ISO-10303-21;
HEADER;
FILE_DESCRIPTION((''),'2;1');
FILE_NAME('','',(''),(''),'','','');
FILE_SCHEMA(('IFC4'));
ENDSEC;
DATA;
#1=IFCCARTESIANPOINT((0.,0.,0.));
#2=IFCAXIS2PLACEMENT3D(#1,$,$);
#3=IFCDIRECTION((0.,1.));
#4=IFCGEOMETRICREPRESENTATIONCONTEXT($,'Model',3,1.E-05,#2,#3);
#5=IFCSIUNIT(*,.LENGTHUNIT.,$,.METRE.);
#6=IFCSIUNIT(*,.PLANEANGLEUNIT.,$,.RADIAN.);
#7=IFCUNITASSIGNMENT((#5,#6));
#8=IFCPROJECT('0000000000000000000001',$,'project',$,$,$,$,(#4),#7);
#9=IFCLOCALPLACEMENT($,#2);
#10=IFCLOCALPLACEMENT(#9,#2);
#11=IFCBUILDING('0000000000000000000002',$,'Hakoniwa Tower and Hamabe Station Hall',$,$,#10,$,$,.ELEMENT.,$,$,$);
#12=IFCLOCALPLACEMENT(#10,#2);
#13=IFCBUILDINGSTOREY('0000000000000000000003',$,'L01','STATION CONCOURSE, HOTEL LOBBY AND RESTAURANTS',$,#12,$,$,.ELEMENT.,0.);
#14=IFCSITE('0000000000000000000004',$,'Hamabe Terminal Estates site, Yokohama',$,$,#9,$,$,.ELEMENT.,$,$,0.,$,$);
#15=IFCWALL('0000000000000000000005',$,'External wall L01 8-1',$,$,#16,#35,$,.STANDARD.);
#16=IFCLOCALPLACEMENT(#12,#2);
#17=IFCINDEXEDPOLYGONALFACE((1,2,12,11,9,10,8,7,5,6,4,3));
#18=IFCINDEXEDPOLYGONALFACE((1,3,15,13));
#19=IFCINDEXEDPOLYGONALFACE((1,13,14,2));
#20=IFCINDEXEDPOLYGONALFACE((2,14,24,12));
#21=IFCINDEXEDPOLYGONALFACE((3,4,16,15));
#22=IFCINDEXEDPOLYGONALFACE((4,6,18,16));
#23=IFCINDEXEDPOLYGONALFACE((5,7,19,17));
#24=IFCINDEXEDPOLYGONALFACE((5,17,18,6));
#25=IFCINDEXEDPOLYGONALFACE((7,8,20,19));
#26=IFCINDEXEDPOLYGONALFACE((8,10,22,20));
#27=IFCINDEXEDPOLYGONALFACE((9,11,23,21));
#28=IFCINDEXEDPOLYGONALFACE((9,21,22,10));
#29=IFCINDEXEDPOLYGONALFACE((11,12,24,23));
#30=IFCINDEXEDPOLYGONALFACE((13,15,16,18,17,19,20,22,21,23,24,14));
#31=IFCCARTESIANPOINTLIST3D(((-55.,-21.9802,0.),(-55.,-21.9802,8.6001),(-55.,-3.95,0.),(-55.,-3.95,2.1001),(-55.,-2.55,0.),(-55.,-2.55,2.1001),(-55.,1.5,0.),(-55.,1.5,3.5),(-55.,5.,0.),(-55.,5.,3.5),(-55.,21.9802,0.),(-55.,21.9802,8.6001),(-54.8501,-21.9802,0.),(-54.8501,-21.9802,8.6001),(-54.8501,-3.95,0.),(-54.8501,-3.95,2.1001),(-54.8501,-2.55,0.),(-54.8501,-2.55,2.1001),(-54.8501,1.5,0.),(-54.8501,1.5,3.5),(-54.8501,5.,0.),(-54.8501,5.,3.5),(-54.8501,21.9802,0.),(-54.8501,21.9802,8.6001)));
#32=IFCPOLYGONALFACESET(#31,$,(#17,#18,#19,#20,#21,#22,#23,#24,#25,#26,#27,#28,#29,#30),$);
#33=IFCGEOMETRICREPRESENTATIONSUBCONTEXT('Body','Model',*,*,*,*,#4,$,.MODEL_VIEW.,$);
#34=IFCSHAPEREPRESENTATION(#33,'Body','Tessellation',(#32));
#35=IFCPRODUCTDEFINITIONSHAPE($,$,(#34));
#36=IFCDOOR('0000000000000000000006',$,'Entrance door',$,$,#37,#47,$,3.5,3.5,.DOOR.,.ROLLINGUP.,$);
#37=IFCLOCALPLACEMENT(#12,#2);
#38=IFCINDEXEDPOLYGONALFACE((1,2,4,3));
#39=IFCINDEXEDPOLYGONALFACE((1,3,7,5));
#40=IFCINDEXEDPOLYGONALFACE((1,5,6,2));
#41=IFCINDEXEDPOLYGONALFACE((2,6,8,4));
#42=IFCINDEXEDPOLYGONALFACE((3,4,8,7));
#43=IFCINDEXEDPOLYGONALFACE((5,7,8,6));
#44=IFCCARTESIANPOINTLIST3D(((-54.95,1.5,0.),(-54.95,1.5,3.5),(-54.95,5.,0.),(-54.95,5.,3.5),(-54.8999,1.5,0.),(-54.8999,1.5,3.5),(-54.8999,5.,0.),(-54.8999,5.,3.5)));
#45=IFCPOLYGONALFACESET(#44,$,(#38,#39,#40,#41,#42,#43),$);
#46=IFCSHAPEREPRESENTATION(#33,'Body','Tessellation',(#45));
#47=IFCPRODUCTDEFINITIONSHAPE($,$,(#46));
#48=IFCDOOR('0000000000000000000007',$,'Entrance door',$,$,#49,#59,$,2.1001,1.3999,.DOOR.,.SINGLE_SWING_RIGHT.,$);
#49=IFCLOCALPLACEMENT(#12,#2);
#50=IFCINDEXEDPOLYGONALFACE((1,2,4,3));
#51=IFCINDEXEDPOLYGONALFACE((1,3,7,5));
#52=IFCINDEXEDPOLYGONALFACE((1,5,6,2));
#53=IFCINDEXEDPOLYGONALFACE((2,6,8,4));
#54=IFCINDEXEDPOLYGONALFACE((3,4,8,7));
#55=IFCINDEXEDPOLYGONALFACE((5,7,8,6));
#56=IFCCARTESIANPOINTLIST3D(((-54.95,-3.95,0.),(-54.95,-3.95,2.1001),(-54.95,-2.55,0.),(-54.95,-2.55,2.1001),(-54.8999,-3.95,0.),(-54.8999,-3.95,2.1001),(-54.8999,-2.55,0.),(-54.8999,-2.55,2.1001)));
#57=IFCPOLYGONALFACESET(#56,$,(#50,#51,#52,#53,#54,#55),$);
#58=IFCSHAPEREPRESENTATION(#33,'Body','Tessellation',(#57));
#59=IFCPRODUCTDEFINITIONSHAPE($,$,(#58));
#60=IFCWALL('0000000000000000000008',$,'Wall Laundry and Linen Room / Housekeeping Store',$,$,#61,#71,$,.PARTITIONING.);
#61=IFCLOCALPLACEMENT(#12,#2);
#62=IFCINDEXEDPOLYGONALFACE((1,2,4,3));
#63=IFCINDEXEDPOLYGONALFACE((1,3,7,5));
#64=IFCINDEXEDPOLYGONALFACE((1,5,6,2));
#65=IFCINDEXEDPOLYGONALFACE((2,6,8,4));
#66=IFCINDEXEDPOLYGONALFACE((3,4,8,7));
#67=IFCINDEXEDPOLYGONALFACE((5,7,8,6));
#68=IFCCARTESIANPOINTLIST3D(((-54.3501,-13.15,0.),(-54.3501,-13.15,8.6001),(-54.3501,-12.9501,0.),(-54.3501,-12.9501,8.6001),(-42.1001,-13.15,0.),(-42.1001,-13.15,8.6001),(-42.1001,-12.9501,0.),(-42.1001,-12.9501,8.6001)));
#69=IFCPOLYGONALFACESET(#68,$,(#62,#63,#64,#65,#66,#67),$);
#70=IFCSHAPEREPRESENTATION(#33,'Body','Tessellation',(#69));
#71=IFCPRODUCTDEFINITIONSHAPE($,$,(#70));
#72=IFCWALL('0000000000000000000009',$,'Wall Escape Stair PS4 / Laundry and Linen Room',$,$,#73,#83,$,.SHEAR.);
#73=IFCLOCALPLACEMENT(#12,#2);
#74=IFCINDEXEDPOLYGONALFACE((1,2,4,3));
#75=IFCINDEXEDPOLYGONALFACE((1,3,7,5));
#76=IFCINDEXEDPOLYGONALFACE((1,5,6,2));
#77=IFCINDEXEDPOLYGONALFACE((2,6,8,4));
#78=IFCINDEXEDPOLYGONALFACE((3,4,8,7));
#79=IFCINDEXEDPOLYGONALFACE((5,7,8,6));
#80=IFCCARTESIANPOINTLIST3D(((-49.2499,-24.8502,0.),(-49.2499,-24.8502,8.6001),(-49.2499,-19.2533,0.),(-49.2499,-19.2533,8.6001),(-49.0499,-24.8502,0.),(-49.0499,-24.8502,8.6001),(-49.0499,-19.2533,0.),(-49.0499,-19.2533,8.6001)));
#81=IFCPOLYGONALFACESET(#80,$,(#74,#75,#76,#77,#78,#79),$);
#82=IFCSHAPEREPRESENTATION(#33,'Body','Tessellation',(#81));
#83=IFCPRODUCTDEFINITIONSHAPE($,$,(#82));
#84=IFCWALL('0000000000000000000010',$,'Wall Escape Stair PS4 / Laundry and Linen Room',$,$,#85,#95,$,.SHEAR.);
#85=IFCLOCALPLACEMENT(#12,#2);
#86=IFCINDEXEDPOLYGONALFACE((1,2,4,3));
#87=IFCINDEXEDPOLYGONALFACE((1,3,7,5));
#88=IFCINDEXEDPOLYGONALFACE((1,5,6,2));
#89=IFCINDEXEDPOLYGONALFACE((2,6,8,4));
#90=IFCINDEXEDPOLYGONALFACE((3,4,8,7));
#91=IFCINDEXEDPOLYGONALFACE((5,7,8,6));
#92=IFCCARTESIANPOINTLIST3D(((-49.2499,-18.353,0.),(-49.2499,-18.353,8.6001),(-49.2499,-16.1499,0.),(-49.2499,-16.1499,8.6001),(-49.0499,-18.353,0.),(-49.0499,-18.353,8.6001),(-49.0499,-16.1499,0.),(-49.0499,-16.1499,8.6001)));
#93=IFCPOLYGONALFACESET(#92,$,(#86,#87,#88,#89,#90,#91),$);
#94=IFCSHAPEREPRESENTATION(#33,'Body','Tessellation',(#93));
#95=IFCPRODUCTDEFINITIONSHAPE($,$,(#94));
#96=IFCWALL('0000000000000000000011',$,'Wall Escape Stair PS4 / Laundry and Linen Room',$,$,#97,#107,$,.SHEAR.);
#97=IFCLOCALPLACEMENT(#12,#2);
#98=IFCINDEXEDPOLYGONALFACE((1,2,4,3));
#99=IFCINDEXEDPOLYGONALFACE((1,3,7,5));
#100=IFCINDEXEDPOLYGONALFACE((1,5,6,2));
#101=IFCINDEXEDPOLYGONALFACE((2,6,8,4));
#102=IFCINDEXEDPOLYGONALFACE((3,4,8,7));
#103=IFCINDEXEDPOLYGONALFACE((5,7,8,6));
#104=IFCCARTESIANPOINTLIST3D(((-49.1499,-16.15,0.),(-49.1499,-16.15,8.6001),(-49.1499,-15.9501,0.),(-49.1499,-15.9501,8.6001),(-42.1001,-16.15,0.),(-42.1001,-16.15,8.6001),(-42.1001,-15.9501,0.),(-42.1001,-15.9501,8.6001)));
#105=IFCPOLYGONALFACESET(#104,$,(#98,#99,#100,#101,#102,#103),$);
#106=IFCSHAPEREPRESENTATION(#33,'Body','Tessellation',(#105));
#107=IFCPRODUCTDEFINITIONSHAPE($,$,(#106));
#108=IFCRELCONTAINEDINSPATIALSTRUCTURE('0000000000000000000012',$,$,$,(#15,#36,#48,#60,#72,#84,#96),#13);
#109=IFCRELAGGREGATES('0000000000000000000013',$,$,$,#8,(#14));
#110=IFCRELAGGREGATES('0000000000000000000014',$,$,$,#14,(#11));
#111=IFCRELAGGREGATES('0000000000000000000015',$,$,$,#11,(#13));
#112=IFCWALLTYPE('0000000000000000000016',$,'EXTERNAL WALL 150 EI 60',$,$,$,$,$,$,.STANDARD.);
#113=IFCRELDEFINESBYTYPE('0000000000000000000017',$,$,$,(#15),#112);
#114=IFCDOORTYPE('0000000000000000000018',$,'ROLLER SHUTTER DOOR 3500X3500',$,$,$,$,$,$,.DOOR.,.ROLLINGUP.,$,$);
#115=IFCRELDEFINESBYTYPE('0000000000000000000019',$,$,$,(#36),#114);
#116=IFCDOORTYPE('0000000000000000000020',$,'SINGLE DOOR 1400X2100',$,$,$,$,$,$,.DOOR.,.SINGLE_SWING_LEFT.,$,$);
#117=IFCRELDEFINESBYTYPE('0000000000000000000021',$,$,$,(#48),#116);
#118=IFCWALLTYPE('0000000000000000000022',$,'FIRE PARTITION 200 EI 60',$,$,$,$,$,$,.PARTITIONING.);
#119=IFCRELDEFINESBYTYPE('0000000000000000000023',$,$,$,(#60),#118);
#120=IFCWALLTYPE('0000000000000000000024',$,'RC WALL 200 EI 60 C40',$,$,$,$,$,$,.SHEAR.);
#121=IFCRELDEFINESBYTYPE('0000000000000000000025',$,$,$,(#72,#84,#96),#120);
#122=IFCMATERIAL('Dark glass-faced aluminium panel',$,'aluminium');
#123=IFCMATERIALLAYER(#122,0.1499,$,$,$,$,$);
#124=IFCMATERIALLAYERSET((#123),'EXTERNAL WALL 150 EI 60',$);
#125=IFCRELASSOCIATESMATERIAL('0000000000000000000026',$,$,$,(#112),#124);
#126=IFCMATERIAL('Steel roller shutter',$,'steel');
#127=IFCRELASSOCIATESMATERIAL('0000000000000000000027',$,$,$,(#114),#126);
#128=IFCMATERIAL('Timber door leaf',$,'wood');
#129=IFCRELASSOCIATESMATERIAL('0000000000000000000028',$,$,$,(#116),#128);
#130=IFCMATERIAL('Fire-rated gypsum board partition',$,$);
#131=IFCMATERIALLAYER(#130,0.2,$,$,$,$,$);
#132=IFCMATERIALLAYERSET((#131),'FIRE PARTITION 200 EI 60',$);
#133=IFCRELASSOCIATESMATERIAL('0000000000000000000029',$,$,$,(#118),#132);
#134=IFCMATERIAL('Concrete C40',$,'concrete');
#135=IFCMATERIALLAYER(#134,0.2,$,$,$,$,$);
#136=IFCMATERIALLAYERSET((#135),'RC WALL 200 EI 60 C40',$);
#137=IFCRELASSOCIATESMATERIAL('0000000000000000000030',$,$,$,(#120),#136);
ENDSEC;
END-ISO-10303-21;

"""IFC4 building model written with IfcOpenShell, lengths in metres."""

from ifc_helpers import new_model, si_unit, direction, frame, frame_2d, origin, place, context, subcontext, project, spatial, rectangle, extrude, material, layer, layer_set, type_object, element, fill, save


model = new_model("IFC4")

# Units and contexts
model_context = context("Model", 3, precision=1e-05, world=origin(), true_north=direction((0.0, 1.0)))
body_context = subcontext(model_context, "Body", "Model", "MODEL_VIEW")
ifc_project = project(units=[si_unit("LENGTHUNIT", "METRE"), si_unit("PLANEANGLEUNIT", "RADIAN")], contexts=[model_context])

# Site, building, storey
site_placement = place(None, origin())
site = spatial("IfcSite", under=ifc_project, at=site_placement, Name="Hamabe Terminal Estates site, Yokohama", CompositionType="ELEMENT", RefElevation=0.0)
building_placement = place(site_placement, origin())
building = spatial("IfcBuilding", under=site, at=building_placement, Name="Hakoniwa Tower and Hamabe Station Hall", CompositionType="ELEMENT")
storey_placement = place(building_placement, origin())
storey = spatial("IfcBuildingStorey", under=building, at=storey_placement, Name="L01", Description="STATION CONCOURSE, HOTEL LOBBY AND RESTAURANTS", CompositionType="ELEMENT", Elevation=0.0)

# Shared definitions
ifc_material_1 = material(Name="Dark glass-faced aluminium panel", Category="aluminium")
ifc_layer_1 = layer(ifc_material_1, 0.1499)
ifc_layer_set_1 = layer_set([ifc_layer_1], Name="EXTERNAL WALL 150 EI 60")
wall_type_1 = type_object("IfcWallType", Name="EXTERNAL WALL 150 EI 60", PredefinedType="STANDARD", material=ifc_layer_set_1)

# Wall, openings, doors
wall_1_placement = place(storey_placement, frame((-54.925, -21.9802, 0.0), z_axis=(0.0, 0.0, 1.0), x_axis=(0.0, 1.0, 0.0)))
wall_1 = element("IfcWall", 1, at=wall_1_placement, inside=storey, type_object=wall_type_1, Name="External wall L01 8-1", PredefinedType="STANDARD", context=body_context, shape_type="SweptSolid", body=[
    extrude(rectangle(XDim=43.9604, YDim=0.1499, at=frame_2d((21.9802, 0.0))), origin(), (0.0, 0.0, 1.0), 8.6001),
])
opening_1_placement = place(wall_1_placement, frame((18.0303, 0.0, 0.0)))
opening_1 = element("IfcOpeningElement", 2, at=opening_1_placement, cuts=wall_1, PredefinedType="OPENING", context=body_context, shape_type="SweptSolid", body=[
    extrude(rectangle(XDim=1.3999, YDim=2.1001, at=frame_2d((0.7, 1.05))), frame((0.0, 0.085, 0.0), z_axis=(0.0, -1.0, 0.0), x_axis=(1.0, 0.0, 0.0)), (0.0, 0.0, 1.0), 0.1699),
])
opening_2_placement = place(wall_1_placement, frame((23.4802, 0.0, 0.0)))
opening_2 = element("IfcOpeningElement", 3, at=opening_2_placement, cuts=wall_1, PredefinedType="OPENING", context=body_context, shape_type="SweptSolid", body=[
    extrude(rectangle(XDim=3.5, YDim=3.5, at=frame_2d((1.75, 1.75))), frame((0.0, 0.085, 0.0), z_axis=(0.0, -1.0, 0.0), x_axis=(1.0, 0.0, 0.0)), (0.0, 0.0, 1.0), 0.1699),
])
ifc_material_2 = material(Name="Steel roller shutter", Category="steel")
door_type_1 = type_object("IfcDoorType", Name="ROLLER SHUTTER DOOR 3500X3500", OperationType="ROLLINGUP", PredefinedType="DOOR", material=ifc_material_2)
door_1_placement = place(opening_2_placement, origin())
door_1 = element("IfcDoor", 4, at=door_1_placement, inside=storey, type_object=door_type_1, Name="Entrance door", OperationType="ROLLINGUP", OverallHeight=3.5, OverallWidth=3.5, PredefinedType="DOOR", context=body_context, shape_type="SweptSolid", body=[
    extrude(rectangle(XDim=3.5, YDim=3.5, at=frame_2d((1.75, 1.75))), frame((0.0, 0.0249, 0.0), z_axis=(0.0, -1.0, 0.0), x_axis=(1.0, 0.0, 0.0)), (0.0, 0.0, 1.0), 0.05),
])
fill(opening_2, door_1)
ifc_material_3 = material(Name="Timber door leaf", Category="wood")
door_type_2 = type_object("IfcDoorType", Name="SINGLE DOOR 1400X2100", OperationType="SINGLE_SWING_LEFT", PredefinedType="DOOR", material=ifc_material_3)
door_2_placement = place(opening_1_placement, origin())
door_2 = element("IfcDoor", 5, at=door_2_placement, inside=storey, type_object=door_type_2, Name="Entrance door", OperationType="SINGLE_SWING_RIGHT", OverallHeight=2.1001, OverallWidth=1.3999, PredefinedType="DOOR", context=body_context, shape_type="SweptSolid", body=[
    extrude(rectangle(XDim=1.3999, YDim=2.1001, at=frame_2d((0.7, 1.05))), frame((0.0, 0.0249, 0.0), z_axis=(0.0, -1.0, 0.0), x_axis=(1.0, 0.0, 0.0)), (0.0, 0.0, 1.0), 0.05),
])
fill(opening_1, door_2)

# Walls
ifc_material_4 = material(Name="Fire-rated gypsum board partition")
ifc_layer_2 = layer(ifc_material_4, 0.2)
ifc_layer_set_2 = layer_set([ifc_layer_2], Name="FIRE PARTITION 200 EI 60")
wall_type_2 = type_object("IfcWallType", Name="FIRE PARTITION 200 EI 60", PredefinedType="PARTITIONING", material=ifc_layer_set_2)
wall_2_placement = place(storey_placement, frame((-54.3501, -13.05, 0.0), z_axis=(0.0, 0.0, 1.0), x_axis=(1.0, 0.0, 0.0)))
element("IfcWall", 6, at=wall_2_placement, inside=storey, type_object=wall_type_2, Name="Wall Laundry and Linen Room / Housekeeping Store", PredefinedType="PARTITIONING", context=body_context, shape_type="SweptSolid", body=[
    extrude(rectangle(XDim=12.25, YDim=0.2, at=frame_2d((6.125, 0.0))), origin(), (0.0, 0.0, 1.0), 8.6001),
])
ifc_material_5 = material(Name="Concrete C40", Category="concrete")
ifc_layer_3 = layer(ifc_material_5, 0.2)
ifc_layer_set_3 = layer_set([ifc_layer_3], Name="RC WALL 200 EI 60 C40")
wall_type_3 = type_object("IfcWallType", Name="RC WALL 200 EI 60 C40", PredefinedType="SHEAR", material=ifc_layer_set_3)
wall_3_placement = place(storey_placement, frame((-49.1499, -24.8501, 0.0), z_axis=(0.0, 0.0, 1.0), x_axis=(0.0, 1.0, 0.0)))
element("IfcWall", 7, at=wall_3_placement, inside=storey, type_object=wall_type_3, Name="Wall Escape Stair PS4 / Laundry and Linen Room", PredefinedType="SHEAR", context=body_context, shape_type="SweptSolid", body=[
    extrude(rectangle(XDim=5.5969, YDim=0.2, at=frame_2d((2.7983, 0.0))), origin(), (0.0, 0.0, 1.0), 8.6001),
])
wall_4_placement = place(storey_placement, frame((-49.1499, -18.353, 0.0), z_axis=(0.0, 0.0, 1.0), x_axis=(0.0, 1.0, 0.0)))
element("IfcWall", 8, at=wall_4_placement, inside=storey, type_object=wall_type_3, Name="Wall Escape Stair PS4 / Laundry and Linen Room", PredefinedType="SHEAR", context=body_context, shape_type="SweptSolid", body=[
    extrude(rectangle(XDim=2.2031, YDim=0.2, at=frame_2d((1.1016, 0.0))), origin(), (0.0, 0.0, 1.0), 8.6001),
])
wall_5_placement = place(storey_placement, frame((-49.1499, -16.05, 0.0), z_axis=(0.0, 0.0, 1.0), x_axis=(1.0, 0.0, 0.0)))
element("IfcWall", 9, at=wall_5_placement, inside=storey, type_object=wall_type_3, Name="Wall Escape Stair PS4 / Laundry and Linen Room", PredefinedType="SHEAR", context=body_context, shape_type="SweptSolid", body=[
    extrude(rectangle(XDim=7.0498, YDim=0.2, at=frame_2d((3.5249, 0.0))), origin(), (0.0, 0.0, 1.0), 8.6001),
])

save(model, "model.ifc")
